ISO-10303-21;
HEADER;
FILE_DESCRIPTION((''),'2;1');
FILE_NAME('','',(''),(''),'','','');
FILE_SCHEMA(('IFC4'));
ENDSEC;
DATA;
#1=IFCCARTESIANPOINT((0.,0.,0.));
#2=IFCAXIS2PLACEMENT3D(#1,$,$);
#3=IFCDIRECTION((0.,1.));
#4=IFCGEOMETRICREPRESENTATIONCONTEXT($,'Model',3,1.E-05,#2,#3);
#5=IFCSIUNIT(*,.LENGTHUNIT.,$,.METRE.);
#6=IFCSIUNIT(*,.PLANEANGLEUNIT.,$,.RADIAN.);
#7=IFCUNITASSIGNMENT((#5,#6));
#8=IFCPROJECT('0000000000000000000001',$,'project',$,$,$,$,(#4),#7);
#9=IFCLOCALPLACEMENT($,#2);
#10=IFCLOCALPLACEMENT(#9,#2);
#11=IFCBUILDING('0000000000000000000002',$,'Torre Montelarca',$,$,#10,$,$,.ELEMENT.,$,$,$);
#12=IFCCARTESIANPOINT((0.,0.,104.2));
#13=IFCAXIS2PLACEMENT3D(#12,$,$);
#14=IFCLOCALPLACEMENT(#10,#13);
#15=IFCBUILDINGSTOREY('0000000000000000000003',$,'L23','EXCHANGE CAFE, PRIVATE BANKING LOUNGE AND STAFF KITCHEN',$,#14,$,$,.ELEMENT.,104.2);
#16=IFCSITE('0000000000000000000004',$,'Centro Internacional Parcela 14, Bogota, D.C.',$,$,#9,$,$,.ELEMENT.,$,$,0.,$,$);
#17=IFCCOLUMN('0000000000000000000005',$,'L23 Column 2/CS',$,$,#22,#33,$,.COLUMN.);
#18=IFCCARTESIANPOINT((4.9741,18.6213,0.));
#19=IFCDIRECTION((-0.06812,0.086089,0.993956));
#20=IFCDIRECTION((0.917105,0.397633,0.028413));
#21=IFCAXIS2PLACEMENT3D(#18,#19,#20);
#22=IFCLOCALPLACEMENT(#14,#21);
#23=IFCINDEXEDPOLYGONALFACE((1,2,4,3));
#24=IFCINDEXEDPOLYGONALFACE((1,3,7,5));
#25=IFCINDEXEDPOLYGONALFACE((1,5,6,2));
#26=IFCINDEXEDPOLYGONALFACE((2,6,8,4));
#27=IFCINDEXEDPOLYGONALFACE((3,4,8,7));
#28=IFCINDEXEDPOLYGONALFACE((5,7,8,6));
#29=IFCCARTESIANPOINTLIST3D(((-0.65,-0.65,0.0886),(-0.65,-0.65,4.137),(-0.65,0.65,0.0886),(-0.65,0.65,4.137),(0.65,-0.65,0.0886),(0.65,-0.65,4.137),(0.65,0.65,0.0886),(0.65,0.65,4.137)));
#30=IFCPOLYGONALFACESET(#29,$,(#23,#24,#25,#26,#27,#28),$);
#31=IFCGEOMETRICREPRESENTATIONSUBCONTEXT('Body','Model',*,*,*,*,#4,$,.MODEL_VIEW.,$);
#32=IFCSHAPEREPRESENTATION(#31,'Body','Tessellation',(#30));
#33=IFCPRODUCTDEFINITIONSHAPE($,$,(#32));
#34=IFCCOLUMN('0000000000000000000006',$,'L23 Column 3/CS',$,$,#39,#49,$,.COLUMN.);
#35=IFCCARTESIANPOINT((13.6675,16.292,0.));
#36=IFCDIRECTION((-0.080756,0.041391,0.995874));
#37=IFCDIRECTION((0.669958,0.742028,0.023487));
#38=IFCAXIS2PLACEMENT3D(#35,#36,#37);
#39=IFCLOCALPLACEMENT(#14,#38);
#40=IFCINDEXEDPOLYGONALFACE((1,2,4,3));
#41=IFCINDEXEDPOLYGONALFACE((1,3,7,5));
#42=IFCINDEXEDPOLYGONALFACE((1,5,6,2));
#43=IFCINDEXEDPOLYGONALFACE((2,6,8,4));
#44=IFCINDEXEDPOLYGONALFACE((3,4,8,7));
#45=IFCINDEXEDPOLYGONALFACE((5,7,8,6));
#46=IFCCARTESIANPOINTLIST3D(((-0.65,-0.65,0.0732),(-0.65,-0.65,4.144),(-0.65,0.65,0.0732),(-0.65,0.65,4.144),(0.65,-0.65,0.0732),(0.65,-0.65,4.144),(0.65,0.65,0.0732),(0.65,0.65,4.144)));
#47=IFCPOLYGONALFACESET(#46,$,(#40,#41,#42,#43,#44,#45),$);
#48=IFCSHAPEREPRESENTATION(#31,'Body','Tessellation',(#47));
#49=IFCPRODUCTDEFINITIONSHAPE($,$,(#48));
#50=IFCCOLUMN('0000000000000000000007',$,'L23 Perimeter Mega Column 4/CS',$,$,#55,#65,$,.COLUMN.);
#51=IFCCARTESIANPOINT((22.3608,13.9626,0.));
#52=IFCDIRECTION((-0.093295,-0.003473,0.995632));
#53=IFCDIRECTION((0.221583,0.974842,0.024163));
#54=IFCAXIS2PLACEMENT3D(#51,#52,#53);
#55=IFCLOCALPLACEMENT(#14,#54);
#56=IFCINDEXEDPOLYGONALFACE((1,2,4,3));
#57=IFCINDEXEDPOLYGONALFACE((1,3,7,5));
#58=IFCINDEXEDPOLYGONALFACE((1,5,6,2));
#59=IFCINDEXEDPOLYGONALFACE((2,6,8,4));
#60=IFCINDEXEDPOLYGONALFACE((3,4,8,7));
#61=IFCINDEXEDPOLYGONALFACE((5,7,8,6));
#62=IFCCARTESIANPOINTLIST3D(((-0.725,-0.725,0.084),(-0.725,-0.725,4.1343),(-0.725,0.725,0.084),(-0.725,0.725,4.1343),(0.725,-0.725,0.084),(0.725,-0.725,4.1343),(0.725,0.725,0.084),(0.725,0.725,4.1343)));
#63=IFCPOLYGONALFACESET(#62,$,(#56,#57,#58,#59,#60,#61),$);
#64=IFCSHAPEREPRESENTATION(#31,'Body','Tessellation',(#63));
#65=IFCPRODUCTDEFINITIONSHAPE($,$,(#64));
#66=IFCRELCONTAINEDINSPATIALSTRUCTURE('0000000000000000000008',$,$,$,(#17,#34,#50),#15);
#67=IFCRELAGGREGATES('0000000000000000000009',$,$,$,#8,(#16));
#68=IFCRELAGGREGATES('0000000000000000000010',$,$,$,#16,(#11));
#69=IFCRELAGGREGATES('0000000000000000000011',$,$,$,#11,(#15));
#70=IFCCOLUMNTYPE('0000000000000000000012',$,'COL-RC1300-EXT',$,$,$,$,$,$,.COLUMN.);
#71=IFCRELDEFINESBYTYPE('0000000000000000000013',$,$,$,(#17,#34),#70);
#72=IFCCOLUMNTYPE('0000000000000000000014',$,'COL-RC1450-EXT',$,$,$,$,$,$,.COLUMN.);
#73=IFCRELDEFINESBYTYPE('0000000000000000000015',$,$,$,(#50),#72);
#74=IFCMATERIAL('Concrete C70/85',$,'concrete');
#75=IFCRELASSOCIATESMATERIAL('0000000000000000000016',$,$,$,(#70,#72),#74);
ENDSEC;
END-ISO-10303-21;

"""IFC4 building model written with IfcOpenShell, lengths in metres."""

from ifc_helpers import new_model, si_unit, direction, frame, origin, origin_2d, place, context, subcontext, project, spatial, rectangle, extrude, clip, halfspace, material, material_profile, profile_set, type_object, element, save


model = new_model("IFC4")

# Units and contexts
model_context = context("Model", 3, precision=1e-05, world=origin(), true_north=direction((0.0, 1.0)))
body_context = subcontext(model_context, "Body", "Model", "MODEL_VIEW")
ifc_project = project(units=[si_unit("LENGTHUNIT", "METRE"), si_unit("PLANEANGLEUNIT", "RADIAN")], contexts=[model_context])

# Site, building, storey
site_placement = place(None, origin())
site = spatial("IfcSite", under=ifc_project, at=site_placement, Name="Centro Internacional Parcela 14, Bogota, D.C.", CompositionType="ELEMENT", RefElevation=0.0)
building_placement = place(site_placement, origin())
building = spatial("IfcBuilding", under=site, at=building_placement, Name="Torre Montelarca", CompositionType="ELEMENT")
storey_placement = place(building_placement, frame((0.0, 0.0, 104.2)))
storey = spatial("IfcBuildingStorey", under=building, at=storey_placement, Name="L23", Description="EXCHANGE CAFE, PRIVATE BANKING LOUNGE AND STAFF KITCHEN", CompositionType="ELEMENT", Elevation=104.2)

# Columns
ifc_material_1 = material(Name="Concrete C70/85", Category="concrete")
ifc_material_profile_1 = material_profile(ifc_material_1, rectangle(XDim=1.3, YDim=1.3, at=origin_2d()), Name="RC1300X1300", Category="concrete")
ifc_profile_set_1 = profile_set([ifc_material_profile_1], Name="Concrete C70/85")
column_type_1 = type_object("IfcColumnType", Name="COL-RC1300-EXT", PredefinedType="COLUMN", material=ifc_profile_set_1)
column_1_placement = place(storey_placement, frame((4.9741, 18.6213, 0.0), z_axis=(-0.06812, 0.086089, 0.993956), x_axis=(0.917105, 0.397633, 0.028413)))
element("IfcColumn", 1, at=column_1_placement, inside=storey, type_object=column_type_1, Name="L23 Column 2/CS", PredefinedType="COLUMN", context=body_context, shape_type="Clipping", body=[
    clip(clip(extrude(rectangle(XDim=1.3, YDim=1.3, at=origin_2d()), origin(), (0.0, 0.0, 1.0), 4.2256), halfspace(frame((0.0, 0.0, 0.0886), z_axis=(0.0, 0.0, -1.0), x_axis=(1.0, 0.0, 0.0)), False)), halfspace(frame((0.0, 0.0, 4.137), z_axis=(0.0, 0.0, 1.0), x_axis=(1.0, 0.0, 0.0)), False)),
])
column_2_placement = place(storey_placement, frame((13.6675, 16.292, 0.0), z_axis=(-0.080756, 0.041391, 0.995874), x_axis=(0.669958, 0.742028, 0.023487)))
element("IfcColumn", 2, at=column_2_placement, inside=storey, type_object=column_type_1, Name="L23 Column 3/CS", PredefinedType="COLUMN", context=body_context, shape_type="Clipping", body=[
    clip(clip(extrude(rectangle(XDim=1.3, YDim=1.3, at=origin_2d()), origin(), (0.0, 0.0, 1.0), 4.2173), halfspace(frame((0.0, 0.0, 0.0732), z_axis=(0.0, 0.0, -1.0), x_axis=(1.0, 0.0, 0.0)), False)), halfspace(frame((0.0, 0.0, 4.144), z_axis=(0.0, 0.0, 1.0), x_axis=(1.0, 0.0, 0.0)), False)),
])
ifc_material_profile_2 = material_profile(ifc_material_1, rectangle(XDim=1.45, YDim=1.45, at=origin_2d()), Name="RC1450X1450", Category="concrete")
ifc_profile_set_2 = profile_set([ifc_material_profile_2], Name="Concrete C70/85")
column_type_2 = type_object("IfcColumnType", Name="COL-RC1450-EXT", PredefinedType="COLUMN", material=ifc_profile_set_2)
column_3_placement = place(storey_placement, frame((22.3608, 13.9626, 0.0), z_axis=(-0.093295, -0.003473, 0.995632), x_axis=(0.221583, 0.974842, 0.024163)))
element("IfcColumn", 3, at=column_3_placement, inside=storey, type_object=column_type_2, Name="L23 Perimeter Mega Column 4/CS", PredefinedType="COLUMN", context=body_context, shape_type="Clipping", body=[
    clip(clip(extrude(rectangle(XDim=1.45, YDim=1.45, at=origin_2d()), origin(), (0.0, 0.0, 1.0), 4.2183), halfspace(frame((0.0, 0.0, 0.084), z_axis=(0.0, 0.0, -1.0), x_axis=(1.0, 0.0, 0.0)), False)), halfspace(frame((0.0, 0.0, 4.1343), z_axis=(0.0, 0.0, 1.0), x_axis=(1.0, 0.0, 0.0)), False)),
])

save(model, "model.ifc")
